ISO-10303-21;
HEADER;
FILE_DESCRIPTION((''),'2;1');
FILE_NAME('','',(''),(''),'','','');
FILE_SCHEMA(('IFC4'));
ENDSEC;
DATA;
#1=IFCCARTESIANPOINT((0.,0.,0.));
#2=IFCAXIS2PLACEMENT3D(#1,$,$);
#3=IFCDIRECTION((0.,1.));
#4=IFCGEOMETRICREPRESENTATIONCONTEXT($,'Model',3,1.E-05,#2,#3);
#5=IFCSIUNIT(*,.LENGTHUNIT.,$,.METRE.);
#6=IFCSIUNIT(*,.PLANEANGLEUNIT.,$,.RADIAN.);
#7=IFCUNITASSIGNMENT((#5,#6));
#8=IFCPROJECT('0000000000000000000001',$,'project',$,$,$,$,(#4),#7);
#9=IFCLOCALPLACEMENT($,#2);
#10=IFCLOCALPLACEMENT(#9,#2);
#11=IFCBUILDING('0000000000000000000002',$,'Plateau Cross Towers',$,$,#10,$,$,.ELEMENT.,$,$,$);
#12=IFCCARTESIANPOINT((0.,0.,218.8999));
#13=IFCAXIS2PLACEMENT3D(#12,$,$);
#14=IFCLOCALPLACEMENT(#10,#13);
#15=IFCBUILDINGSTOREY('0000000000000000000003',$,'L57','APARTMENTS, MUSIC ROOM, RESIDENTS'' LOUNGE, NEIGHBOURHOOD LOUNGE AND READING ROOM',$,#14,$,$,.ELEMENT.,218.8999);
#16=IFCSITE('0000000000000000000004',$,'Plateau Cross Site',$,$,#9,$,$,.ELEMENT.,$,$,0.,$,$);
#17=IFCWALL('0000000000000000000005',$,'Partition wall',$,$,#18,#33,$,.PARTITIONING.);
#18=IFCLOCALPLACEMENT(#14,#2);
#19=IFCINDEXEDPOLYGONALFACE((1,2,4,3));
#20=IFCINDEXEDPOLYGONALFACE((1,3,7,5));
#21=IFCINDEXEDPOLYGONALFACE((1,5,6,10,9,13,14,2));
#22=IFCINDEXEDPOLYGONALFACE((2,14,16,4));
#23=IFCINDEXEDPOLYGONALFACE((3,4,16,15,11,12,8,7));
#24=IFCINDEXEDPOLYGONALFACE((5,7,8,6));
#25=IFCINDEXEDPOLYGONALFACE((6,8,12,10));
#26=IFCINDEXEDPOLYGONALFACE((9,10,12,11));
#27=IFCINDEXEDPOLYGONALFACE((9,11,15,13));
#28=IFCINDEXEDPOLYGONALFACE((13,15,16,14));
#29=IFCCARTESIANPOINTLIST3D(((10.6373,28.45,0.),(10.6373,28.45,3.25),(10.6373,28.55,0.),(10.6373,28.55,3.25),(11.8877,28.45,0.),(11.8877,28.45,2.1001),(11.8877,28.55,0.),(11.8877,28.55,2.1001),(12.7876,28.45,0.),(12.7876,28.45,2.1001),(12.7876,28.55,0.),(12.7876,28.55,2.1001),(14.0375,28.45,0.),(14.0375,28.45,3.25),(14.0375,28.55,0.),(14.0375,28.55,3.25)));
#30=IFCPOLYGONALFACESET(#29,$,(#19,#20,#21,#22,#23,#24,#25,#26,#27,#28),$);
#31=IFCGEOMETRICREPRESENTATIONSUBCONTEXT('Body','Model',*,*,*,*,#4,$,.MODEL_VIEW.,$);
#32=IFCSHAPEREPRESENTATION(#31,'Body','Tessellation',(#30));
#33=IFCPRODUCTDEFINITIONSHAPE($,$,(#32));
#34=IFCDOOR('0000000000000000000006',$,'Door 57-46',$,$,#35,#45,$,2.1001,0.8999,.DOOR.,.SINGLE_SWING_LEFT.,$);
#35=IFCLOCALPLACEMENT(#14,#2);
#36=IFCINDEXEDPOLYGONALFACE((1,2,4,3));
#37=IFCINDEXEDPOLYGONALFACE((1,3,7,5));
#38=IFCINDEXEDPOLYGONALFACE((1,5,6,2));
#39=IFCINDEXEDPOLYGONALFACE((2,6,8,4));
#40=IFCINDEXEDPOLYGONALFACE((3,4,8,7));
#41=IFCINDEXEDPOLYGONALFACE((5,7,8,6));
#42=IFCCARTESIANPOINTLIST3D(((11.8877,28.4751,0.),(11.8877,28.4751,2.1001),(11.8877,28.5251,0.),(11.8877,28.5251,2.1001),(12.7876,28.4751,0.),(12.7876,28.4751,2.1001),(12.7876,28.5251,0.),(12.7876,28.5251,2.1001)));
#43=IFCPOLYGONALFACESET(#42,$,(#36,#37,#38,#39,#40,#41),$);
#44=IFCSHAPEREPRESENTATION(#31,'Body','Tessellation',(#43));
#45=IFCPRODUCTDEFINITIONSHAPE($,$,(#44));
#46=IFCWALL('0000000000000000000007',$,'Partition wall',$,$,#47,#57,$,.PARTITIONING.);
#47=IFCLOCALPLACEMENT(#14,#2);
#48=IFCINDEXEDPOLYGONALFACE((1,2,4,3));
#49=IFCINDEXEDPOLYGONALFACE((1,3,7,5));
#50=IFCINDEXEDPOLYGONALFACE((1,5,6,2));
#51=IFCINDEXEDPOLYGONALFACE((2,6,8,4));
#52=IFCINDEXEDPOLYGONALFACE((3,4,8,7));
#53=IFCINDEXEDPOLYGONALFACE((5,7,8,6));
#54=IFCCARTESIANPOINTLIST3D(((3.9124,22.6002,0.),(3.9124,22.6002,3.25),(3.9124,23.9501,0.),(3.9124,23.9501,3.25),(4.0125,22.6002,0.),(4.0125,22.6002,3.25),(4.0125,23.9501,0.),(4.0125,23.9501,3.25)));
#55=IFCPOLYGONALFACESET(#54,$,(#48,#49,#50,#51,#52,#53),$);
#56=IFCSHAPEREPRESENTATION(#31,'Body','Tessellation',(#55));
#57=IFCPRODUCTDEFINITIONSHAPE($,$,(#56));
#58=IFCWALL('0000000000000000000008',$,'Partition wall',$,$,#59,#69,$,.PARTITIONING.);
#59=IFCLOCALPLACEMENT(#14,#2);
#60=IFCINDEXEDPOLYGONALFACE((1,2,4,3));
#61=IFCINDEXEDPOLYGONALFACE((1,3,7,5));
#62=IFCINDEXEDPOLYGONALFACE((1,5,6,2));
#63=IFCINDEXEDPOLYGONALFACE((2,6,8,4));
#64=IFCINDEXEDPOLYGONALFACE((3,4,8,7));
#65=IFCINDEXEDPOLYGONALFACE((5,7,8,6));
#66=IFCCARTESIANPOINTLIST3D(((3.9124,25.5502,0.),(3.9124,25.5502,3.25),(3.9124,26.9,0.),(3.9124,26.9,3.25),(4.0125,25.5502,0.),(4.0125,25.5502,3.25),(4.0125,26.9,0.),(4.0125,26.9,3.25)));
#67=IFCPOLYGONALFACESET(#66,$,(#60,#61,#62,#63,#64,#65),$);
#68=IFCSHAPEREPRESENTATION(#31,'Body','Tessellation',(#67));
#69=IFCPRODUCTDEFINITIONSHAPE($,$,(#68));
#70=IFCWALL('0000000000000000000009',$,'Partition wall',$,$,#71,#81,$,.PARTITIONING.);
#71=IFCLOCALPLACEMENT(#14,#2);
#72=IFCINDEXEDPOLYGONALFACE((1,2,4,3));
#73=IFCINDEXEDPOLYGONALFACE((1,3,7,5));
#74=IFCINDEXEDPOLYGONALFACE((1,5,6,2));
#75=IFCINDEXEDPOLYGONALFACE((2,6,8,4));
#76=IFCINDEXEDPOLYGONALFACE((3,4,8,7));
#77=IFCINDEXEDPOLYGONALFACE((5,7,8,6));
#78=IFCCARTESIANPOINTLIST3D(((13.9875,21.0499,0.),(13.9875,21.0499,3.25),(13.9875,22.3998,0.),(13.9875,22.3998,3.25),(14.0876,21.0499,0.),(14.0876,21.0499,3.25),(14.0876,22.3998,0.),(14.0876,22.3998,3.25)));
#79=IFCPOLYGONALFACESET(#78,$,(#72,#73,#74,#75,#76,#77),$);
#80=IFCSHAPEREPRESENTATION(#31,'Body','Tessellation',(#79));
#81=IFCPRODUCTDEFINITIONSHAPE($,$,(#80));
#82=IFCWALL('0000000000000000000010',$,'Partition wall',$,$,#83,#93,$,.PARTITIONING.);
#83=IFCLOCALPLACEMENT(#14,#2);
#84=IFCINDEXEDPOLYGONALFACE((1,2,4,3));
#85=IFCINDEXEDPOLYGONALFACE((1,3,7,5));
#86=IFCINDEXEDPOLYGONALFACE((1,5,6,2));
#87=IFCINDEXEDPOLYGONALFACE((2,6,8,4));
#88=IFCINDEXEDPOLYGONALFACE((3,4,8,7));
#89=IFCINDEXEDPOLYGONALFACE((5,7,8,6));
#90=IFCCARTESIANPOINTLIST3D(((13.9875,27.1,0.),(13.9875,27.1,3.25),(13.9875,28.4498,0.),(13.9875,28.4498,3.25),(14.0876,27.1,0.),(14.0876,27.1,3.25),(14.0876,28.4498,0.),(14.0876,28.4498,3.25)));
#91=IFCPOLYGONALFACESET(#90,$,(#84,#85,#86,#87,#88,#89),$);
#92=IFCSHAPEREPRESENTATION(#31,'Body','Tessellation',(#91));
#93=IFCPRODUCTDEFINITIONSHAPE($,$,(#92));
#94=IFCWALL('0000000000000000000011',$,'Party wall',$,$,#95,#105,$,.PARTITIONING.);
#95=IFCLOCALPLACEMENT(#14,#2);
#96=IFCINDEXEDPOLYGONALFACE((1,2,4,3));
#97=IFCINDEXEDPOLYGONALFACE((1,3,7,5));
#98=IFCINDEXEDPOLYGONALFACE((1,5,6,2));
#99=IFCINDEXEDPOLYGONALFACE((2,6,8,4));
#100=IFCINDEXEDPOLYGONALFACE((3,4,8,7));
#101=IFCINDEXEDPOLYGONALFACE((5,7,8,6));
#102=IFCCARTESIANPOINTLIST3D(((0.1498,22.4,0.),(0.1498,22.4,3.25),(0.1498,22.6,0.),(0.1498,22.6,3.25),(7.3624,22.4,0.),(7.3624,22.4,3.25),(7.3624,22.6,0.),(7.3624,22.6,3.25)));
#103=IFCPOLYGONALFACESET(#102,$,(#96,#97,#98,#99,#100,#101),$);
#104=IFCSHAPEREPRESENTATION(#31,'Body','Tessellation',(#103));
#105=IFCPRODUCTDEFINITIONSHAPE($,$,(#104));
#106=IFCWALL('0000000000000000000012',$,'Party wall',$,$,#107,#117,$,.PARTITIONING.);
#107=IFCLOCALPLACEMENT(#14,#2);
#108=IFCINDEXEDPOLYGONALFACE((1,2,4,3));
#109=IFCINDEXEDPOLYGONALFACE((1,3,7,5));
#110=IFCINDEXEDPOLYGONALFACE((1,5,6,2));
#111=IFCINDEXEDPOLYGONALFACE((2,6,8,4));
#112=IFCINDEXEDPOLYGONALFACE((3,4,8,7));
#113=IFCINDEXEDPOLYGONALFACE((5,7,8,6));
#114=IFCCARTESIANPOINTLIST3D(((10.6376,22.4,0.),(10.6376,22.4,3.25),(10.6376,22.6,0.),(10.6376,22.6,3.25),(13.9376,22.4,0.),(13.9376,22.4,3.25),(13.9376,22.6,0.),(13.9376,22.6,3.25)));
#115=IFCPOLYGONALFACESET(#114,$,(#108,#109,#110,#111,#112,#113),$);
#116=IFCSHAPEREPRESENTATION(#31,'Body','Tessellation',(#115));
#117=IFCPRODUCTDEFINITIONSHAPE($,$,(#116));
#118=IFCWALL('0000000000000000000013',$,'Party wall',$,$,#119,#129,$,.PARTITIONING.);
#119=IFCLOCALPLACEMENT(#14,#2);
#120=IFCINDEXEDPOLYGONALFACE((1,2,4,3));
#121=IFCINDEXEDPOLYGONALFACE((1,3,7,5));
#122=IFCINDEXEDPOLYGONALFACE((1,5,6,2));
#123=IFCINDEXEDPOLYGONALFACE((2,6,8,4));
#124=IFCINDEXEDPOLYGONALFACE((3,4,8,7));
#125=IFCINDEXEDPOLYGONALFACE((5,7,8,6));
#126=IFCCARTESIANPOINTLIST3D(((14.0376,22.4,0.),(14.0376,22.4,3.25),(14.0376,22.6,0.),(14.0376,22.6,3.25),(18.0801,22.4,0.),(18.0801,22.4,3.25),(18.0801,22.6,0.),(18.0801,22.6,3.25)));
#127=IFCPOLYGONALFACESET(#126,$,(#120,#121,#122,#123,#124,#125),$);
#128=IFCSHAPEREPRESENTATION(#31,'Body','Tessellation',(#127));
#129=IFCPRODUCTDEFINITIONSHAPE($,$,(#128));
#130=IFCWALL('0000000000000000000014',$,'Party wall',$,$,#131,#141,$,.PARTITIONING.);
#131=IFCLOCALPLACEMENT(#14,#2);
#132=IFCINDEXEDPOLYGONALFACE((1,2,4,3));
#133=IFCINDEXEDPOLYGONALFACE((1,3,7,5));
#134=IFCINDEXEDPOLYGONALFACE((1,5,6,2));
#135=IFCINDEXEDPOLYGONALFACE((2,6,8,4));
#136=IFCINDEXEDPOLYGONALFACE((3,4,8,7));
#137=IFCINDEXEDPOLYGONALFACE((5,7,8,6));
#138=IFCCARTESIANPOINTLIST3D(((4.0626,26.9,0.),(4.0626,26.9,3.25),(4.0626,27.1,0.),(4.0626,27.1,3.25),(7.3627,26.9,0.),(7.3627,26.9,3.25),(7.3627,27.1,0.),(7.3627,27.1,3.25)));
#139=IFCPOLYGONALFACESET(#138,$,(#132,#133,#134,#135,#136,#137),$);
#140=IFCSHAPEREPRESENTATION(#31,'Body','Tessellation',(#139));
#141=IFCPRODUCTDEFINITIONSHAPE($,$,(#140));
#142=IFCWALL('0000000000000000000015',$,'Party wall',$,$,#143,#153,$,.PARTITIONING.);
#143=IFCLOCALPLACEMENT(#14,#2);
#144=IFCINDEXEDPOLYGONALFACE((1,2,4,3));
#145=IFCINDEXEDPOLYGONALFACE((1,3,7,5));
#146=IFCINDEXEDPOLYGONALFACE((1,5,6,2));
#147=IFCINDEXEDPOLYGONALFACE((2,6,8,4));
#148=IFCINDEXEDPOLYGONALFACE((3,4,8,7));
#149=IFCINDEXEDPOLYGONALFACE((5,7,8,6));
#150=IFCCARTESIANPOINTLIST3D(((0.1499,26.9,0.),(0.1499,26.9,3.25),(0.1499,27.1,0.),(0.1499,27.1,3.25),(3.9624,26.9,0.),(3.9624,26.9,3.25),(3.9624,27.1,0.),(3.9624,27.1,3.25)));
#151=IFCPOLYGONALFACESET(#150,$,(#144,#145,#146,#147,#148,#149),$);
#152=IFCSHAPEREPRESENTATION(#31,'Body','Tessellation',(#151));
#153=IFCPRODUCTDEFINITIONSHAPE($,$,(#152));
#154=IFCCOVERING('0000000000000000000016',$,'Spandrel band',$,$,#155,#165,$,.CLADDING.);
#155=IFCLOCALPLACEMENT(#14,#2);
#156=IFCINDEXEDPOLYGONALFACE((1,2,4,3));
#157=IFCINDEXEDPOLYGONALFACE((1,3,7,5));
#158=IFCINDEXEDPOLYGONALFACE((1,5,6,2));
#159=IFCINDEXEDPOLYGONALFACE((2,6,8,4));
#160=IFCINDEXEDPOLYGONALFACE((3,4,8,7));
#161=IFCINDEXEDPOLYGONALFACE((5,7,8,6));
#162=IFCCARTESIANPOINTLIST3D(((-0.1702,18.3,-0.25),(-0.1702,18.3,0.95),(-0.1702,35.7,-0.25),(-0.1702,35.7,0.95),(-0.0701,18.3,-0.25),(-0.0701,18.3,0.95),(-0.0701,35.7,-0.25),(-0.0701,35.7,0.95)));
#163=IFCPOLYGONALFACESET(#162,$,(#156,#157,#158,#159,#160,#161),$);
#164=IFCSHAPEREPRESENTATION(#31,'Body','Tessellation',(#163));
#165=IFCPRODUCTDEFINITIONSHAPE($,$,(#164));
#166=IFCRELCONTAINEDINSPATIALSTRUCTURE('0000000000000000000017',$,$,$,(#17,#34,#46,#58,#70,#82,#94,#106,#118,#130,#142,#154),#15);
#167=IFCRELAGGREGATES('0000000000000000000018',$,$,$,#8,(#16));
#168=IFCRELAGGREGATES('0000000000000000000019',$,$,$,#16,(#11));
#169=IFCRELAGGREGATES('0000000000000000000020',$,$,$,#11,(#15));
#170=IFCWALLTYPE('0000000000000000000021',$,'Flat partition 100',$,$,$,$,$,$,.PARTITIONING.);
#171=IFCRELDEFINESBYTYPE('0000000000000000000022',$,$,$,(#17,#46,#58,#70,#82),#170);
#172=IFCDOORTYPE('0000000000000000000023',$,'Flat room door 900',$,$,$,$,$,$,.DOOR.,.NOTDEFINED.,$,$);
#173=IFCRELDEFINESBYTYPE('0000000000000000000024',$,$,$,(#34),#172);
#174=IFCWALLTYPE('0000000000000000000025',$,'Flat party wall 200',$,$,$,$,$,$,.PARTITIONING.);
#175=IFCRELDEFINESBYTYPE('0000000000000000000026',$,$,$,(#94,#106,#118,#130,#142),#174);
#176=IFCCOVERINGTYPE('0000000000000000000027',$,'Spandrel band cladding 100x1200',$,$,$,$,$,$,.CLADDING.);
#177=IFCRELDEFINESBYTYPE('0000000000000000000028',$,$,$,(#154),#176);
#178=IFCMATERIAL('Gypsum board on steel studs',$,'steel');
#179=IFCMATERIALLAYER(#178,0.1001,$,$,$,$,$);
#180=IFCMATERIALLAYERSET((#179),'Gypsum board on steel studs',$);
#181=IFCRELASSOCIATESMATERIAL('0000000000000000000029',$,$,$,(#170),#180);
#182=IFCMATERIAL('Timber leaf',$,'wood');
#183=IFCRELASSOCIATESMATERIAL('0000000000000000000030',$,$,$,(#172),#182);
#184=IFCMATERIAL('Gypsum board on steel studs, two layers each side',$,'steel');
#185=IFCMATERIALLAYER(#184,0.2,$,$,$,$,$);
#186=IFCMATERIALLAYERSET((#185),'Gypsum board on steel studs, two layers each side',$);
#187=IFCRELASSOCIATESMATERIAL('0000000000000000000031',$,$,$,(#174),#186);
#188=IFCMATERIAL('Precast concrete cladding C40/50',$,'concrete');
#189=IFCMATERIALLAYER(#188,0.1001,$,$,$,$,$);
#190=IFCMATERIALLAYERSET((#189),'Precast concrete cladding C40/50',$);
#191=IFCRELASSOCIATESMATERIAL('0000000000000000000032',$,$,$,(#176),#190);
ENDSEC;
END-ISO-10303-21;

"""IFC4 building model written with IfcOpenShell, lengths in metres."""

from ifc_helpers import new_model, si_unit, direction, frame, frame_2d, origin, origin_2d, place, context, subcontext, project, spatial, rectangle, extrude, material, layer, layer_set, type_object, element, fill, save


model = new_model("IFC4")

# Units and contexts
model_context = context("Model", 3, precision=1e-05, world=origin(), true_north=direction((0.0, 1.0)))
body_context = subcontext(model_context, "Body", "Model", "MODEL_VIEW")
ifc_project = project(units=[si_unit("LENGTHUNIT", "METRE"), si_unit("PLANEANGLEUNIT", "RADIAN")], contexts=[model_context])

# Site, building, storey
site_placement = place(None, origin())
site = spatial("IfcSite", under=ifc_project, at=site_placement, Name="Plateau Cross Site", CompositionType="ELEMENT", RefElevation=0.0)
building_placement = place(site_placement, origin())
building = spatial("IfcBuilding", under=site, at=building_placement, Name="Plateau Cross Towers", CompositionType="ELEMENT")
storey_placement = place(building_placement, frame((0.0, 0.0, 218.8999)))
storey = spatial("IfcBuildingStorey", under=building, at=storey_placement, Name="L57", Description="APARTMENTS, MUSIC ROOM, RESIDENTS' LOUNGE, NEIGHBOURHOOD LOUNGE AND READING ROOM", CompositionType="ELEMENT", Elevation=218.8999)

# Wall, opening, door
ifc_material_1 = material(Name="Gypsum board on steel studs", Category="steel")
ifc_layer_1 = layer(ifc_material_1, 0.1001)
ifc_layer_set_1 = layer_set([ifc_layer_1], Name="Gypsum board on steel studs")
wall_type_1 = type_object("IfcWallType", Name="Flat partition 100", PredefinedType="PARTITIONING", material=ifc_layer_set_1)
ifc_material_2 = material(Name="Timber leaf", Category="wood")
door_type_1 = type_object("IfcDoorType", Name="Flat room door 900", OperationType="NOTDEFINED", PredefinedType="DOOR", material=ifc_material_2)
wall_1_placement = place(storey_placement, frame((14.0376, 28.5, 0.0), z_axis=(0.0, 0.0, 1.0), x_axis=(-1.0, 0.0, 0.0)))
wall_1 = element("IfcWall", 1, at=wall_1_placement, inside=storey, type_object=wall_type_1, Name="Partition wall", PredefinedType="PARTITIONING", context=body_context, shape_type="SweptSolid", body=[
    extrude(rectangle(XDim=3.4001, YDim=0.1001, at=frame_2d((1.7002, 0.0))), origin(), (0.0, 0.0, 1.0), 3.25),
])
opening_1_placement = place(wall_1_placement, frame((1.25, 0.0, 0.0)))
opening_1 = element("IfcOpeningElement", 2, at=opening_1_placement, cuts=wall_1, PredefinedType="OPENING", context=body_context, shape_type="SweptSolid", body=[
    extrude(rectangle(XDim=0.8999, YDim=2.1001, at=frame_2d((0.45, 1.05))), frame((0.0, 0.0601, 0.0), z_axis=(0.0, -1.0, 0.0), x_axis=(1.0, 0.0, 0.0)), (0.0, 0.0, 1.0), 0.1201),
])
door_1_placement = place(opening_1_placement, origin())
door_1 = element("IfcDoor", 3, at=door_1_placement, inside=storey, type_object=door_type_1, Name="Door 57-46", OperationType="SINGLE_SWING_LEFT", OverallHeight=2.1001, OverallWidth=0.8999, PredefinedType="DOOR", context=body_context, shape_type="SweptSolid", body=[
    extrude(rectangle(XDim=0.8999, YDim=2.1001, at=frame_2d((0.45, 1.05))), frame((0.0, 0.0249, 0.0), z_axis=(0.0, -1.0, 0.0), x_axis=(1.0, 0.0, 0.0)), (0.0, 0.0, 1.0), 0.05),
])
fill(opening_1, door_1)

# Walls
for number, where, z_axis, x_axis, name in (
    (4, (3.9624, 23.95, 0.0), (0.0, 0.0, 1.0), (0.0, -1.0, 0.0), "Partition wall"),
    (5, (3.9624, 26.8999, 0.0), (0.0, 0.0, 1.0), (0.0, -1.0, 0.0), "Partition wall"),
    (6, (14.0376, 21.05, 0.0), (0.0, 0.0, 1.0), (0.0, 1.0, 0.0), "Partition wall"),
    (7, (14.0376, 27.1001, 0.0), (0.0, 0.0, 1.0), (0.0, 1.0, 0.0), "Partition wall"),
):
    element("IfcWall", number, at=place(storey_placement, frame(where, z_axis=z_axis, x_axis=x_axis)), inside=storey, type_object=wall_type_1, Name=name, PredefinedType="PARTITIONING", context=body_context, shape_type="SweptSolid", body=[
        extrude(rectangle(XDim=1.3499, YDim=0.1001, at=frame_2d((0.6748, 0.0))), origin(), (0.0, 0.0, 1.0), 3.25),
    ])
ifc_material_3 = material(Name="Gypsum board on steel studs, two layers each side", Category="steel")
ifc_layer_2 = layer(ifc_material_3, 0.2)
ifc_layer_set_2 = layer_set([ifc_layer_2], Name="Gypsum board on steel studs, two layers each side")
wall_type_2 = type_object("IfcWallType", Name="Flat party wall 200", PredefinedType="PARTITIONING", material=ifc_layer_set_2)
wall_2_placement = place(storey_placement, frame((7.3625, 22.5, 0.0), z_axis=(0.0, 0.0, 1.0), x_axis=(-1.0, 0.0, 0.0)))
element("IfcWall", 8, at=wall_2_placement, inside=storey, type_object=wall_type_2, Name="Party wall", PredefinedType="PARTITIONING", context=body_context, shape_type="SweptSolid", body=[
    extrude(rectangle(XDim=7.2126, YDim=0.2, at=frame_2d((3.6064, 0.0))), origin(), (0.0, 0.0, 1.0), 3.25),
])
wall_3_placement = place(storey_placement, frame((13.9375, 22.5, 0.0), z_axis=(0.0, 0.0, 1.0), x_axis=(-1.0, 0.0, 0.0)))
element("IfcWall", 9, at=wall_3_placement, inside=storey, type_object=wall_type_2, Name="Party wall", PredefinedType="PARTITIONING", context=body_context, shape_type="SweptSolid", body=[
    extrude(rectangle(XDim=3.3, YDim=0.2, at=frame_2d((1.6499, 0.0))), origin(), (0.0, 0.0, 1.0), 3.25),
])
wall_4_placement = place(storey_placement, frame((14.0376, 22.5, 0.0), z_axis=(0.0, 0.0, 1.0), x_axis=(1.0, 0.0, 0.0)))
element("IfcWall", 10, at=wall_4_placement, inside=storey, type_object=wall_type_2, Name="Party wall", PredefinedType="PARTITIONING", context=body_context, shape_type="SweptSolid", body=[
    extrude(rectangle(XDim=4.0425, YDim=0.2, at=frame_2d((2.0212, 0.0))), origin(), (0.0, 0.0, 1.0), 3.25),
])
wall_5_placement = place(storey_placement, frame((7.3625, 27.0, 0.0), z_axis=(0.0, 0.0, 1.0), x_axis=(-1.0, 0.0, 0.0)))
element("IfcWall", 11, at=wall_5_placement, inside=storey, type_object=wall_type_2, Name="Party wall", PredefinedType="PARTITIONING", context=body_context, shape_type="SweptSolid", body=[
    extrude(rectangle(XDim=3.3, YDim=0.2, at=frame_2d((1.6499, 0.0))), origin(), (0.0, 0.0, 1.0), 3.25),
])
wall_6_placement = place(storey_placement, frame((0.1499, 27.0, 0.0), z_axis=(0.0, 0.0, 1.0), x_axis=(1.0, 0.0, 0.0)))
element("IfcWall", 12, at=wall_6_placement, inside=storey, type_object=wall_type_2, Name="Party wall", PredefinedType="PARTITIONING", context=body_context, shape_type="SweptSolid", body=[
    extrude(rectangle(XDim=3.8125, YDim=0.2, at=frame_2d((1.9062, 0.0))), origin(), (0.0, 0.0, 1.0), 3.25),
])

# Covering
ifc_material_4 = material(Name="Precast concrete cladding C40/50", Category="concrete")
ifc_layer_3 = layer(ifc_material_4, 0.1001)
ifc_layer_set_3 = layer_set([ifc_layer_3], Name="Precast concrete cladding C40/50")
covering_type = type_object("IfcCoveringType", Name="Spandrel band cladding 100x1200", PredefinedType="CLADDING", material=ifc_layer_set_3)
covering_placement = place(storey_placement, frame((-0.1201, 27.0, -0.25), z_axis=(0.0, 0.0, 1.0), x_axis=(0.0, -1.0, 0.0)))
element("IfcCovering", 13, at=covering_placement, inside=storey, type_object=covering_type, Name="Spandrel band", PredefinedType="CLADDING", context=body_context, shape_type="SweptSolid", body=[
    extrude(rectangle(XDim=17.3999, YDim=0.1001, at=origin_2d()), origin(), (0.0, 0.0, 1.0), 1.2),
])

save(model, "model.ifc")
